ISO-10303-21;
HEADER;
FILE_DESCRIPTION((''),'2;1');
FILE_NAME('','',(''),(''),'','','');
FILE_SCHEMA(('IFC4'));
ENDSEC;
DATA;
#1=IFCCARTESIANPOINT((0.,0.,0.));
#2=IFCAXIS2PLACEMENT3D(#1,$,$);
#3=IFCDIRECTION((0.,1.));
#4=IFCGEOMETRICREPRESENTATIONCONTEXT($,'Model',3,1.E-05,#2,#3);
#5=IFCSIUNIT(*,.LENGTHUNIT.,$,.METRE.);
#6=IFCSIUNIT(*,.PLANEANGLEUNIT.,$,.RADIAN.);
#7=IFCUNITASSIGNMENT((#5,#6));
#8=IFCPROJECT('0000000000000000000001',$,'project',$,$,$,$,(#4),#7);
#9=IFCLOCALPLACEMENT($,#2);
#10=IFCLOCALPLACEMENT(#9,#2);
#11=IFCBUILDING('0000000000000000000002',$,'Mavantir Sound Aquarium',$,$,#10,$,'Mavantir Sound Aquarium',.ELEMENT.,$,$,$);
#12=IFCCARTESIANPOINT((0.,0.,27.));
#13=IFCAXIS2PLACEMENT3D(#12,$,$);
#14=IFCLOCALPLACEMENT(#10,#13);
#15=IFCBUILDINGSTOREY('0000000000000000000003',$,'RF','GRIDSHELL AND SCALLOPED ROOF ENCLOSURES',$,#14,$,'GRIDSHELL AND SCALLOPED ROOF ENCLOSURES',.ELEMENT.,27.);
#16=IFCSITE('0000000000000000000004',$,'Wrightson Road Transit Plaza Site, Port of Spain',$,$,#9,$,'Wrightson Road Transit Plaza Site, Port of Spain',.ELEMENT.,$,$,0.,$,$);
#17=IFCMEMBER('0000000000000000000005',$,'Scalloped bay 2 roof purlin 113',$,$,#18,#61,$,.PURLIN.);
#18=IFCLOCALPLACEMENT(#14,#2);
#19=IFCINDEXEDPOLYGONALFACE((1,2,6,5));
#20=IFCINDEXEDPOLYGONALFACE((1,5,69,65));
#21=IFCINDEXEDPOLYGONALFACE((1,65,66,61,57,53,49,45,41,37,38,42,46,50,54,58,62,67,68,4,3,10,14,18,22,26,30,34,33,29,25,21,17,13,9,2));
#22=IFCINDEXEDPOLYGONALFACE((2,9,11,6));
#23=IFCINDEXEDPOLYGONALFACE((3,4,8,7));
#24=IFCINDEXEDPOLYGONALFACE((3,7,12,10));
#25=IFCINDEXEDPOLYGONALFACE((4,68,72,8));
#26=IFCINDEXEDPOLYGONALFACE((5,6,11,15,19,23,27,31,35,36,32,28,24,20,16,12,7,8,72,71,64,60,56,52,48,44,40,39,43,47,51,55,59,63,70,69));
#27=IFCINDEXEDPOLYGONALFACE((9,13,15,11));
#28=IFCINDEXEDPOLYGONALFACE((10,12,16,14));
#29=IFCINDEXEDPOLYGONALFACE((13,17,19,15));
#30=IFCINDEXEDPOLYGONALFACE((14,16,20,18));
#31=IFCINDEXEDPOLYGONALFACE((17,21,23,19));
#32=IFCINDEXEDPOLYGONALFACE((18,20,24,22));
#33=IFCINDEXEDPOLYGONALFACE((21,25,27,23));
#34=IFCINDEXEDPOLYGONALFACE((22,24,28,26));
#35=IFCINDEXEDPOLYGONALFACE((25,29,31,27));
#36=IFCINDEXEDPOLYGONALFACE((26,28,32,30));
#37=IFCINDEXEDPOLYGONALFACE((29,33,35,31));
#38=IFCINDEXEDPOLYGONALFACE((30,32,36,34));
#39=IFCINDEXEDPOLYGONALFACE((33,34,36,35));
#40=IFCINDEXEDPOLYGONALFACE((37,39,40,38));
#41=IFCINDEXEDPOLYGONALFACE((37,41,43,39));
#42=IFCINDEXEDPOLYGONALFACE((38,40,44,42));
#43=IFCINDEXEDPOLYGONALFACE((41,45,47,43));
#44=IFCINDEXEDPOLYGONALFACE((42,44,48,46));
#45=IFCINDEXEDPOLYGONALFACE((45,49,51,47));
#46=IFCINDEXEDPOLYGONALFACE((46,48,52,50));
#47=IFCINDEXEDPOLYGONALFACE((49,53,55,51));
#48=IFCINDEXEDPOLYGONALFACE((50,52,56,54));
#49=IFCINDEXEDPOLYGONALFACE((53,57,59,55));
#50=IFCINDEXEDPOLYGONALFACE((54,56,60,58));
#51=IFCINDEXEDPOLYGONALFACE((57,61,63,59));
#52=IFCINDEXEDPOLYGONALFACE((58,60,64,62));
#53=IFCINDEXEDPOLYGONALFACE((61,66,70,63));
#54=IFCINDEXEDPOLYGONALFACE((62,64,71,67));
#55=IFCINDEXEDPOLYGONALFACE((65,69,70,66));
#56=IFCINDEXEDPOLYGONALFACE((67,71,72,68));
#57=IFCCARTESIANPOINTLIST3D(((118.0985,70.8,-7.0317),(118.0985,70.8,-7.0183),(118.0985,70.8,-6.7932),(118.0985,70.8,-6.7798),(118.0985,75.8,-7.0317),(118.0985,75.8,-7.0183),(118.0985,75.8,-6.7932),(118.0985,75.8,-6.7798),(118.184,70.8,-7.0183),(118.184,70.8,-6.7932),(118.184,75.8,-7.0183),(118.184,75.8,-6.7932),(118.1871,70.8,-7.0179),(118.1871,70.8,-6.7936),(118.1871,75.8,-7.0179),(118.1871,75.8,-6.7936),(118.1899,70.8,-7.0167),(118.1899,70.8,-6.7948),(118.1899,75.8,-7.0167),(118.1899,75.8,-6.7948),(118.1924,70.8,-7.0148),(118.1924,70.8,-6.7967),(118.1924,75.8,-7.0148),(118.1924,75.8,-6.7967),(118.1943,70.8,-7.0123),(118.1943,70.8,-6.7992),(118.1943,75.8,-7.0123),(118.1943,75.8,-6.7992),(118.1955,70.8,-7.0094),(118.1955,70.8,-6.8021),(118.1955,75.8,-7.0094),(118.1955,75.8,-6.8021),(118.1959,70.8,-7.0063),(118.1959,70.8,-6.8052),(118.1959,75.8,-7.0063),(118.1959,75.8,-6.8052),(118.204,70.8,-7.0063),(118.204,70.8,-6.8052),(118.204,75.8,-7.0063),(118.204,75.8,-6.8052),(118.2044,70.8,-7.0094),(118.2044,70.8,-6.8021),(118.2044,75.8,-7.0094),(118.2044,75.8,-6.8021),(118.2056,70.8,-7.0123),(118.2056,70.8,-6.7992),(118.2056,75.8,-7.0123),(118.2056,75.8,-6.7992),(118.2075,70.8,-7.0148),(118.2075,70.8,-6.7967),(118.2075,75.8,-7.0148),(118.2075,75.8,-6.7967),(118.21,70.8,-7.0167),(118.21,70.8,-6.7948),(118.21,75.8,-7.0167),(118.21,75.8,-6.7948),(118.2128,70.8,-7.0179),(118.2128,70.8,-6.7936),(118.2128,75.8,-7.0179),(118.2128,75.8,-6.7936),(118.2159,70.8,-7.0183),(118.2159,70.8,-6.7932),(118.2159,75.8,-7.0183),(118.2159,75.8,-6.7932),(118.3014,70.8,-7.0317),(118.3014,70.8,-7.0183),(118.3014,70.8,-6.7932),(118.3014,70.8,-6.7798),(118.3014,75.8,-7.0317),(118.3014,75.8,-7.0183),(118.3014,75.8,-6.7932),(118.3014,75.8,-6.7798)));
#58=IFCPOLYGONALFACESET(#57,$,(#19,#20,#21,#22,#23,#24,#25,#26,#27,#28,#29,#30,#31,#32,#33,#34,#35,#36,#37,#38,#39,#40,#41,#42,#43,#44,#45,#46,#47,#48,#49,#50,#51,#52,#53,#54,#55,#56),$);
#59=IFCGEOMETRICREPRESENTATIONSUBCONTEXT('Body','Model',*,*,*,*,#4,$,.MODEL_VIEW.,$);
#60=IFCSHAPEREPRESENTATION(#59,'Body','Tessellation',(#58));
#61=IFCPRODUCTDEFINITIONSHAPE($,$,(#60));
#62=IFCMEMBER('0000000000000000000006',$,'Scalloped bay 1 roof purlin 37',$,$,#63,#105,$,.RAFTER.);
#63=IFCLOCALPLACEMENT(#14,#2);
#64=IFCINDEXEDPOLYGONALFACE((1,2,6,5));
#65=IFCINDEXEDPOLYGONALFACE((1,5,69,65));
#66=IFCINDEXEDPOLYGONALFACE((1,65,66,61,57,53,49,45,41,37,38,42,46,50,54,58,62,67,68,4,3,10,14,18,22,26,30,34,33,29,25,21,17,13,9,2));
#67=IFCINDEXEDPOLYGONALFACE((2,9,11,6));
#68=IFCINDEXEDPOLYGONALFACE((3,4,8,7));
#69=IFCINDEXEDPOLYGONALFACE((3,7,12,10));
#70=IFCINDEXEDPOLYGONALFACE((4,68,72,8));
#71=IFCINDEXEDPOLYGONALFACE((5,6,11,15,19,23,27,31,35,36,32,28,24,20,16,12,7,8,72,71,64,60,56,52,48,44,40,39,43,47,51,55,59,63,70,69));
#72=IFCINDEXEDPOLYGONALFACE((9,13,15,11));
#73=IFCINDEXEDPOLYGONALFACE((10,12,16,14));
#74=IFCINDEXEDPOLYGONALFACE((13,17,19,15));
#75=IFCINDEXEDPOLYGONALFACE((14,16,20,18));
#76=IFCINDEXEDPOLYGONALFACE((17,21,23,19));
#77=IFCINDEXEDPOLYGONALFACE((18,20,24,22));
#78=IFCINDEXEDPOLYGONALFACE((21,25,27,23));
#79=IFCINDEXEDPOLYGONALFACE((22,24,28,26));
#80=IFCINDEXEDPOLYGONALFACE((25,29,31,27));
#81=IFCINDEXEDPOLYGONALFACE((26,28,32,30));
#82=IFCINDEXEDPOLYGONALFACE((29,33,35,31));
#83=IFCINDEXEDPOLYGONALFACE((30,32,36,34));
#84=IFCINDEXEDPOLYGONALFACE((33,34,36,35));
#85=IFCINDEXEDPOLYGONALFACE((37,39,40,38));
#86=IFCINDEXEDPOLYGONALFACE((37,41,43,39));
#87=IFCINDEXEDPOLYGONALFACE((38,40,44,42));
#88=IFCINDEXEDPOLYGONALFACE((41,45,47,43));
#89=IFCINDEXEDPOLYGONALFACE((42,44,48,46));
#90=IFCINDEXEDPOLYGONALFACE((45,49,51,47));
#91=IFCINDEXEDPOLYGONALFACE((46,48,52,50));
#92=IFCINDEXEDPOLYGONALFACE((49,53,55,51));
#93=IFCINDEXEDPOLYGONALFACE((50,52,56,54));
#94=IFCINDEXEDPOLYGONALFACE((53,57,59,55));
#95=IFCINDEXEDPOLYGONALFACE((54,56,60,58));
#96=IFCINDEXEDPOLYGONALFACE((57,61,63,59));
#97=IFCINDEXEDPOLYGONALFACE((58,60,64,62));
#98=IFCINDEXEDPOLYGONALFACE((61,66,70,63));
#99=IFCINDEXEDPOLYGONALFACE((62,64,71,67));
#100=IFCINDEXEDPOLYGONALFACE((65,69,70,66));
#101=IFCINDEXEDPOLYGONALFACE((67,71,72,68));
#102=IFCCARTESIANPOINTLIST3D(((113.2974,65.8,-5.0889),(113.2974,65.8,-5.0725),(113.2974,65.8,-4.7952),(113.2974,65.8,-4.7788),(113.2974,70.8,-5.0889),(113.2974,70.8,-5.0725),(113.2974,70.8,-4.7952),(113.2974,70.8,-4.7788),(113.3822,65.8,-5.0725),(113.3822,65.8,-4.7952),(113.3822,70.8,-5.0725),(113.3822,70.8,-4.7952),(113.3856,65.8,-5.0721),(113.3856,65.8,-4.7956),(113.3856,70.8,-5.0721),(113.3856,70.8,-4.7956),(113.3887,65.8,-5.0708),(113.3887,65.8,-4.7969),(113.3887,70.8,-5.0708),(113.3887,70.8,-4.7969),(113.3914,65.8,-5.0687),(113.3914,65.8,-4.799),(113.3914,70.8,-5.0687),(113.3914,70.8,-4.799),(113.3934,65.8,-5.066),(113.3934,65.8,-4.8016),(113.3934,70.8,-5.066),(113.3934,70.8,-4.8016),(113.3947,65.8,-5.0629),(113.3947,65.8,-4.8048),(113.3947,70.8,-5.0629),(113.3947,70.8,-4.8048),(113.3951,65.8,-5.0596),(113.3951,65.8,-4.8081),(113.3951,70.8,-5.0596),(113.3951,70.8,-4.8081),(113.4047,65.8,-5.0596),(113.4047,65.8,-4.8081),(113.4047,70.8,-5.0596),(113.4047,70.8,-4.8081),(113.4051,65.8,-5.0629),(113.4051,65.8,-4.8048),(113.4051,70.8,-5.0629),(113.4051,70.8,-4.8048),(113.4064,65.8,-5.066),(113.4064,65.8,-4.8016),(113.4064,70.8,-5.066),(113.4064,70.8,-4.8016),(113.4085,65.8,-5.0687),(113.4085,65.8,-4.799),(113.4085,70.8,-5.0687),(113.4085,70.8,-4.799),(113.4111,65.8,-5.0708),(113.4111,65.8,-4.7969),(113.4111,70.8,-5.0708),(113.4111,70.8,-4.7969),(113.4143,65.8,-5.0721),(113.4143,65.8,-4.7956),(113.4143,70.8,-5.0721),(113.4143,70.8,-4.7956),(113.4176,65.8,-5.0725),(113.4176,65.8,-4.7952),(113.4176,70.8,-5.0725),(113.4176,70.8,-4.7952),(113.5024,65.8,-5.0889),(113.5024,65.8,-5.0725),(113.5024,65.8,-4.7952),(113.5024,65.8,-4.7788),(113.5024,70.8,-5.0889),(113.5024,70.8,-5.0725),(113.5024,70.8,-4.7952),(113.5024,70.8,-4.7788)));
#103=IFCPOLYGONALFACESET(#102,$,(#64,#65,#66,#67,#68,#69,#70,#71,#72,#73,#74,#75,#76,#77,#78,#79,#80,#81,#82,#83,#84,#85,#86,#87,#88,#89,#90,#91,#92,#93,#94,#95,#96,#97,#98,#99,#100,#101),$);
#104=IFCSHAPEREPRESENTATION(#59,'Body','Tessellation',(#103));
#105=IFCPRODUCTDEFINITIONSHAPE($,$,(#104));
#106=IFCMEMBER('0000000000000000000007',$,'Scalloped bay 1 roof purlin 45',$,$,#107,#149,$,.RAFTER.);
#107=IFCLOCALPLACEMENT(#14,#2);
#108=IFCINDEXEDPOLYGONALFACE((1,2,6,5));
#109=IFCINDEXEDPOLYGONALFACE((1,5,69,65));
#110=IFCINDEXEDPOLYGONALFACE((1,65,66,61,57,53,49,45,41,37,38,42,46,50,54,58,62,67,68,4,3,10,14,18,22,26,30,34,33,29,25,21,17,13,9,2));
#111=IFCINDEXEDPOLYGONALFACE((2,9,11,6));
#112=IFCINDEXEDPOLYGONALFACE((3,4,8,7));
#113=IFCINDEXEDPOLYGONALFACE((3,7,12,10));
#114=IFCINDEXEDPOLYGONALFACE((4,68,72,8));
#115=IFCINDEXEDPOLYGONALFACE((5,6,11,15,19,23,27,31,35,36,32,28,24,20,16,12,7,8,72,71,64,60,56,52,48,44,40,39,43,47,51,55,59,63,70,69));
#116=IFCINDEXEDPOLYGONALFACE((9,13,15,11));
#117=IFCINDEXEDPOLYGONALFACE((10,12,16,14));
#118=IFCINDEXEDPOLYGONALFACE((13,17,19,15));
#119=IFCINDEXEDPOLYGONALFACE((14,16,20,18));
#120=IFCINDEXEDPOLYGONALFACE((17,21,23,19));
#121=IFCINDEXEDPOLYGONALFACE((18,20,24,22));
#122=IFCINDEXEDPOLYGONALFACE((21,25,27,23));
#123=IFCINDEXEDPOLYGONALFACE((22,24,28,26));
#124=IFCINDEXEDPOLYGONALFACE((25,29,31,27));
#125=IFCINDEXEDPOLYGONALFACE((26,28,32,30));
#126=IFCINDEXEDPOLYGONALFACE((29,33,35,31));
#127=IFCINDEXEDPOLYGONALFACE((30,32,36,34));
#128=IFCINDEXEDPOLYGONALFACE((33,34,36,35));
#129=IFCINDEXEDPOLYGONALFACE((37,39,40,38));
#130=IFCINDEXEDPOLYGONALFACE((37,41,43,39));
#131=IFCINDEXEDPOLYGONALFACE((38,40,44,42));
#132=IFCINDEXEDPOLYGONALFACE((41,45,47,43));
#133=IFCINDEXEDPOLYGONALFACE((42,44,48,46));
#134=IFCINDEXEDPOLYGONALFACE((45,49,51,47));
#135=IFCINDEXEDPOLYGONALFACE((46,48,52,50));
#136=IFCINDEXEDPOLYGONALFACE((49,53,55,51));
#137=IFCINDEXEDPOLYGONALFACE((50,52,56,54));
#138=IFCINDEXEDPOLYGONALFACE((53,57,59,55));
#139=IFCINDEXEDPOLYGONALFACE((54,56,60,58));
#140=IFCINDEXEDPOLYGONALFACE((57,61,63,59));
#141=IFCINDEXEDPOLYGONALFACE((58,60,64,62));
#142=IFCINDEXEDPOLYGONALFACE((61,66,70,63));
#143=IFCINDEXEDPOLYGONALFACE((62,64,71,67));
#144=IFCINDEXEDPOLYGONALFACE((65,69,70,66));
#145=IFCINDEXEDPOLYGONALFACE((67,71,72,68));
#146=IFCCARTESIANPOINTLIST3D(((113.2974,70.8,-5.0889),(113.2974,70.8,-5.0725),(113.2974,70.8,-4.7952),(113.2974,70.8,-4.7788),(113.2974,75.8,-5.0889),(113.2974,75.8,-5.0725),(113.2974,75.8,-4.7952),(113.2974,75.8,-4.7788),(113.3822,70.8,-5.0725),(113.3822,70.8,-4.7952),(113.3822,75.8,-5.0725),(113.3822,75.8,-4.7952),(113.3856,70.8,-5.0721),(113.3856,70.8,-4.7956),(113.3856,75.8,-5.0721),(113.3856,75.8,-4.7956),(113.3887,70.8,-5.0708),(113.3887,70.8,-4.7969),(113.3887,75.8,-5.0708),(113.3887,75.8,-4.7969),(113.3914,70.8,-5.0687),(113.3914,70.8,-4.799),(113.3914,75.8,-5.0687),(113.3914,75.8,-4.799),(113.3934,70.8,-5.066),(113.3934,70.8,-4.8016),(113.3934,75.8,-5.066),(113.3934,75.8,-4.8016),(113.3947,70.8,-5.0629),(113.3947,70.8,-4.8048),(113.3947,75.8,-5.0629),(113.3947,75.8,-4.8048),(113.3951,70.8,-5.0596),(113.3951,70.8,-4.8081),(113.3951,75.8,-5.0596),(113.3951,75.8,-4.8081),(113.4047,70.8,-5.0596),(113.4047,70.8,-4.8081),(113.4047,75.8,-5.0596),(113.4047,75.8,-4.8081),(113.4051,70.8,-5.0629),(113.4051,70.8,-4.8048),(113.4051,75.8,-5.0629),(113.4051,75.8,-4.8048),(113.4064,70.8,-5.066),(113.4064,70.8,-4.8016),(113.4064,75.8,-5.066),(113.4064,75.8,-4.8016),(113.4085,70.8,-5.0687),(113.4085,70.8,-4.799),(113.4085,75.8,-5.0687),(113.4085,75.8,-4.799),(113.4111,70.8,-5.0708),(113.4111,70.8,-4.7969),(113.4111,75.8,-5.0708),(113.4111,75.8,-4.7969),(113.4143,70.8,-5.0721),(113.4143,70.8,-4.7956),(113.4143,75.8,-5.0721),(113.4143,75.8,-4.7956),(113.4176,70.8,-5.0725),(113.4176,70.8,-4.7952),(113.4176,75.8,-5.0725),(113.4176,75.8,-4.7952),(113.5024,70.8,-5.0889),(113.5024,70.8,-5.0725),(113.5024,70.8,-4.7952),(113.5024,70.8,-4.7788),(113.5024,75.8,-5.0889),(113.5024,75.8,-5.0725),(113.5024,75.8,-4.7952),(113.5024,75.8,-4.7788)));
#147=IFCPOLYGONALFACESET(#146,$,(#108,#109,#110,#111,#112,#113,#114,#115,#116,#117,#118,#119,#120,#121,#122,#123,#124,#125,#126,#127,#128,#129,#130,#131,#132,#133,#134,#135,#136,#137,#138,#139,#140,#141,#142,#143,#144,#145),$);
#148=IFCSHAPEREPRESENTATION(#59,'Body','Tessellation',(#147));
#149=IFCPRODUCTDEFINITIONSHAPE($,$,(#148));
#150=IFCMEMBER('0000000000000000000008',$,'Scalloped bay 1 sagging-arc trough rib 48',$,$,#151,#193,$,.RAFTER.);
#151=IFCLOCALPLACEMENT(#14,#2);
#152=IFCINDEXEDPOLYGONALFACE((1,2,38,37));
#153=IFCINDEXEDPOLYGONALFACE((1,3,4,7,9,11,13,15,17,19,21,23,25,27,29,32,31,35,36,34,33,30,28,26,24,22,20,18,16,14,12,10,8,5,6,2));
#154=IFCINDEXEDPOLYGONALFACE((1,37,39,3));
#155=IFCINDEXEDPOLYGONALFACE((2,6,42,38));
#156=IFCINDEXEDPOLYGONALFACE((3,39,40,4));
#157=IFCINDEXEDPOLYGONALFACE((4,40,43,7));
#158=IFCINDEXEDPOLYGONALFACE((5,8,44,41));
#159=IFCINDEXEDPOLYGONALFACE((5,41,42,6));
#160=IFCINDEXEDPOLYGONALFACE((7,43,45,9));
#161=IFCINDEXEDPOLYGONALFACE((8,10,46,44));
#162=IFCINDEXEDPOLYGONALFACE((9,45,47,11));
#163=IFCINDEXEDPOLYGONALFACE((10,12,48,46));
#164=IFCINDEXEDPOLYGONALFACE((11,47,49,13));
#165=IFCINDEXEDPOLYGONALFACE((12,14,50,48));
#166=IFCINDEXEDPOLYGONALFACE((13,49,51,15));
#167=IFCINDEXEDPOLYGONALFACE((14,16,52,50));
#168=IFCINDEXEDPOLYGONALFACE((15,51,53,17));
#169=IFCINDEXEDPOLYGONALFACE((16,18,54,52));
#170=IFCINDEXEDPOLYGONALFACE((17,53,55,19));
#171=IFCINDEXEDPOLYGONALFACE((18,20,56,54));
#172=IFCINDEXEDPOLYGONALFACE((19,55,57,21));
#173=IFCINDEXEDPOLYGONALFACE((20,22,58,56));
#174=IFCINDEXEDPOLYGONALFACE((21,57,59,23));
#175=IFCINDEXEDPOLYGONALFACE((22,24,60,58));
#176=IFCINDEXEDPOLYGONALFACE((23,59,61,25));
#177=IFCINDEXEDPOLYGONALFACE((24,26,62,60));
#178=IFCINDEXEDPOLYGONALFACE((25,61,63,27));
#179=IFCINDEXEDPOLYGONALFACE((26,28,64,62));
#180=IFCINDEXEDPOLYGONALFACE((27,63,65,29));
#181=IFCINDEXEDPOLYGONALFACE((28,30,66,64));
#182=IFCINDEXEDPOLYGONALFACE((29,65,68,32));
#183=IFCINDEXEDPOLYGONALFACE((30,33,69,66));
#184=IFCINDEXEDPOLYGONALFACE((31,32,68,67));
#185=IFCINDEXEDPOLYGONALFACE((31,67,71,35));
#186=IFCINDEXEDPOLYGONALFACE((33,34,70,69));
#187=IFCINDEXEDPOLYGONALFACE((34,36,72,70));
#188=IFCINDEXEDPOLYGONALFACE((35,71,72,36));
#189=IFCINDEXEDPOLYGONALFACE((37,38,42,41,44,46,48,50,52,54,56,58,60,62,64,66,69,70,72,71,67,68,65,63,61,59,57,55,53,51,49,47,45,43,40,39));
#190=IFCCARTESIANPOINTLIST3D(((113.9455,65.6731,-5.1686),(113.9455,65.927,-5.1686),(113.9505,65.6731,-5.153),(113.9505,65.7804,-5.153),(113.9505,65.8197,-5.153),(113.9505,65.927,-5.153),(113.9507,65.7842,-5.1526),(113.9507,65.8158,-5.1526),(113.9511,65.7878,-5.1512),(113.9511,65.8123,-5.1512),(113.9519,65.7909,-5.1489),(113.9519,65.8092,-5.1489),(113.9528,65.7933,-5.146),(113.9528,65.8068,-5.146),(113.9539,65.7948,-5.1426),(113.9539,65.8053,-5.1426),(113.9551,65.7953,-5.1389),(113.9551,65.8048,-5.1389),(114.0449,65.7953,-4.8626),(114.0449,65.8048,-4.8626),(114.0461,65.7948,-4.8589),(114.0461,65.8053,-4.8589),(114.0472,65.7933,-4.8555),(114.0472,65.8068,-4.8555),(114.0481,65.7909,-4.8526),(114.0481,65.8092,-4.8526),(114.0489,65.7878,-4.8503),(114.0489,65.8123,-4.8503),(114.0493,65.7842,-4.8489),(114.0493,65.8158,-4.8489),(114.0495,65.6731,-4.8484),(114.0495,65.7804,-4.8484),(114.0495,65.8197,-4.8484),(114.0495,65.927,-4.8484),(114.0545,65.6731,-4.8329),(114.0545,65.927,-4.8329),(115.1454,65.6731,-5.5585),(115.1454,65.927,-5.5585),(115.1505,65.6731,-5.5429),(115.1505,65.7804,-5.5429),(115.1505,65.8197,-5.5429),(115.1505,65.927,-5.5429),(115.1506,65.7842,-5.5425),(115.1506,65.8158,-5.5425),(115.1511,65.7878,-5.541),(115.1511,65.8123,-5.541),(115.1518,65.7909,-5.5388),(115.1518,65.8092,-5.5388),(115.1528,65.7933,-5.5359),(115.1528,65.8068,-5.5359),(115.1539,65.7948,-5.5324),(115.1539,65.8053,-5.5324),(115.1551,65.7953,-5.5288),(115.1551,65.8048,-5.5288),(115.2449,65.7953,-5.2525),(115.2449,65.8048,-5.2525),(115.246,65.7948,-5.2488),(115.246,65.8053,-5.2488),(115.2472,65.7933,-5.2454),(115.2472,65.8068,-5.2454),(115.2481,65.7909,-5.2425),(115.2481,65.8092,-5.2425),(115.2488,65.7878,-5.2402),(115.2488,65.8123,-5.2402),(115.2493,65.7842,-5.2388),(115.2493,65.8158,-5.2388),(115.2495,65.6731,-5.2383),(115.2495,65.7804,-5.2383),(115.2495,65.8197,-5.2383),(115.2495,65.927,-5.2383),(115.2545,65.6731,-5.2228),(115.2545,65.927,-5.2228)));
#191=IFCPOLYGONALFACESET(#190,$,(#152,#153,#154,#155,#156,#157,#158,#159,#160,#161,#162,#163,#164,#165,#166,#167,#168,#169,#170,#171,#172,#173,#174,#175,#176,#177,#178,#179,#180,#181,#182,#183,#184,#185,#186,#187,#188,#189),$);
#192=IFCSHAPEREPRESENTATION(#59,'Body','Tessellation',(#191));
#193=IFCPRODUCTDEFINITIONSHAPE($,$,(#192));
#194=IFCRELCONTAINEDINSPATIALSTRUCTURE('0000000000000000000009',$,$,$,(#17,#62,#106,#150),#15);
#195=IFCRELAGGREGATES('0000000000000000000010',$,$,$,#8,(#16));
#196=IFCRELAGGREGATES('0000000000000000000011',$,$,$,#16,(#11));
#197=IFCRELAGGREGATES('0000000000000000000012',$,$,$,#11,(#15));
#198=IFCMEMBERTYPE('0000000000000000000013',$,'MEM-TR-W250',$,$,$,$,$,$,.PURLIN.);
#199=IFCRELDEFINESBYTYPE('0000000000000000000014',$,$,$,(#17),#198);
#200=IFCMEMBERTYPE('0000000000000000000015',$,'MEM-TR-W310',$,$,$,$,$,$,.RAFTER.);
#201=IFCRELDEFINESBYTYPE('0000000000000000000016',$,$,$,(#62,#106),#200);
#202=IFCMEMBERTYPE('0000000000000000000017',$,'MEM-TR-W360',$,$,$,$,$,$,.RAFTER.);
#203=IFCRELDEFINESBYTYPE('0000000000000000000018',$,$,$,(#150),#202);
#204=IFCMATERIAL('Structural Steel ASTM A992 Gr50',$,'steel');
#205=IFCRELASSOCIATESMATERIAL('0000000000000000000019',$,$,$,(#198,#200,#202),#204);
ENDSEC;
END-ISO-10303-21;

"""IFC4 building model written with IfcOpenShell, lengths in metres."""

from ifc_helpers import new_model, si_unit, direction, frame, origin, origin_2d, place, context, subcontext, project, spatial, i_section, extrude, material, material_profile, profile_set, type_object, element, save


model = new_model("IFC4")

# Units and contexts
model_context = context("Model", 3, precision=1e-05, world=origin(), true_north=direction((0.0, 1.0)))
body_context = subcontext(model_context, "Body", "Model", "MODEL_VIEW")
ifc_project = project(units=[si_unit("LENGTHUNIT", "METRE"), si_unit("PLANEANGLEUNIT", "RADIAN")], contexts=[model_context])

# Site, building, storey
site_placement = place(None, origin())
site = spatial("IfcSite", under=ifc_project, at=site_placement, Name="Wrightson Road Transit Plaza Site, Port of Spain", LongName="Wrightson Road Transit Plaza Site, Port of Spain", CompositionType="ELEMENT", RefElevation=0.0)
building_placement = place(site_placement, origin())
building = spatial("IfcBuilding", under=site, at=building_placement, Name="Mavantir Sound Aquarium", LongName="Mavantir Sound Aquarium", CompositionType="ELEMENT")
storey_placement = place(building_placement, frame((0.0, 0.0, 27.0)))
storey = spatial("IfcBuildingStorey", under=building, at=storey_placement, Name="RF", Description="GRIDSHELL AND SCALLOPED ROOF ENCLOSURES", LongName="GRIDSHELL AND SCALLOPED ROOF ENCLOSURES", CompositionType="ELEMENT", Elevation=27.0)

# Shared definitions
ifc_material_1 = material(Name="Structural Steel ASTM A992 Gr50", Category="steel")

# Members
ifc_material_profile_1 = material_profile(ifc_material_1, i_section(OverallWidth=0.2029, OverallDepth=0.252, WebThickness=0.0081, FlangeThickness=0.0134, FilletRadius=0.012, at=origin_2d()), Name="W250X58")
ifc_profile_set_1 = profile_set([ifc_material_profile_1], Name="Structural Steel ASTM A992 Gr50")
member_type_1 = type_object("IfcMemberType", Name="MEM-TR-W250", PredefinedType="PURLIN", material=ifc_profile_set_1)
for number, where, z_axis, x_axis, name in (
    (1, (118.2, 70.8, -6.9058), (0.0, 1.0, 0.0), (-1.0, 0.0, 0.0), "Scalloped bay 2 roof purlin 113"),
):
    element("IfcMember", number, at=place(storey_placement, frame(where, z_axis=z_axis, x_axis=x_axis)), inside=storey, type_object=member_type_1, Name=name, PredefinedType="PURLIN", context=body_context, shape_type="SweptSolid", body=[
        extrude(i_section(OverallWidth=0.2029, OverallDepth=0.252, WebThickness=0.0081, FlangeThickness=0.0134, FilletRadius=0.012, at=origin_2d()), origin(), (0.0, 0.0, 1.0), 5.0),
    ])
ifc_material_profile_2 = material_profile(ifc_material_1, i_section(OverallWidth=0.2051, OverallDepth=0.3101, WebThickness=0.0095, FlangeThickness=0.0164, FilletRadius=0.0129, at=origin_2d()), Name="W310X74")
ifc_profile_set_2 = profile_set([ifc_material_profile_2], Name="Structural Steel ASTM A992 Gr50")
member_type_2 = type_object("IfcMemberType", Name="MEM-TR-W310", PredefinedType="RAFTER", material=ifc_profile_set_2)
for number, where, z_axis, x_axis, name in (
    (2, (113.3999, 65.8, -4.9338), (0.0, 1.0, 0.0), (-1.0, 0.0, 0.0), "Scalloped bay 1 roof purlin 37"),
    (3, (113.3999, 70.8, -4.9338), (0.0, 1.0, 0.0), (-1.0, 0.0, 0.0), "Scalloped bay 1 roof purlin 45"),
):
    element("IfcMember", number, at=place(storey_placement, frame(where, z_axis=z_axis, x_axis=x_axis)), inside=storey, type_object=member_type_2, Name=name, PredefinedType="RAFTER", context=body_context, shape_type="SweptSolid", body=[
        extrude(i_section(OverallWidth=0.2051, OverallDepth=0.3101, WebThickness=0.0095, FlangeThickness=0.0164, FilletRadius=0.0129, at=origin_2d()), origin(), (0.0, 0.0, 1.0), 5.0),
    ])
ifc_material_profile_3 = material_profile(ifc_material_1, i_section(OverallWidth=0.2539, OverallDepth=0.353, WebThickness=0.0095, FlangeThickness=0.0164, FilletRadius=0.0149, at=origin_2d()), Name="W360X91")
ifc_profile_set_3 = profile_set([ifc_material_profile_3], Name="Structural Steel ASTM A992 Gr50")
member_type_3 = type_object("IfcMemberType", Name="MEM-TR-W360", PredefinedType="RAFTER", material=ifc_profile_set_3)
member_1_placement = place(storey_placement, frame((114.0, 65.8, -5.0007), z_axis=(0.951055, 0.0, -0.30902), x_axis=(0.0, 1.0, 0.0)))
element("IfcMember", 4, at=member_1_placement, inside=storey, type_object=member_type_3, Name="Scalloped bay 1 sagging-arc trough rib 48", PredefinedType="RAFTER", context=body_context, shape_type="SweptSolid", body=[
    extrude(i_section(OverallWidth=0.2539, OverallDepth=0.353, WebThickness=0.0095, FlangeThickness=0.0164, FilletRadius=0.0149, at=origin_2d()), origin(), (0.0, 0.0, 1.0), 1.2617),
])

save(model, "model.ifc")
